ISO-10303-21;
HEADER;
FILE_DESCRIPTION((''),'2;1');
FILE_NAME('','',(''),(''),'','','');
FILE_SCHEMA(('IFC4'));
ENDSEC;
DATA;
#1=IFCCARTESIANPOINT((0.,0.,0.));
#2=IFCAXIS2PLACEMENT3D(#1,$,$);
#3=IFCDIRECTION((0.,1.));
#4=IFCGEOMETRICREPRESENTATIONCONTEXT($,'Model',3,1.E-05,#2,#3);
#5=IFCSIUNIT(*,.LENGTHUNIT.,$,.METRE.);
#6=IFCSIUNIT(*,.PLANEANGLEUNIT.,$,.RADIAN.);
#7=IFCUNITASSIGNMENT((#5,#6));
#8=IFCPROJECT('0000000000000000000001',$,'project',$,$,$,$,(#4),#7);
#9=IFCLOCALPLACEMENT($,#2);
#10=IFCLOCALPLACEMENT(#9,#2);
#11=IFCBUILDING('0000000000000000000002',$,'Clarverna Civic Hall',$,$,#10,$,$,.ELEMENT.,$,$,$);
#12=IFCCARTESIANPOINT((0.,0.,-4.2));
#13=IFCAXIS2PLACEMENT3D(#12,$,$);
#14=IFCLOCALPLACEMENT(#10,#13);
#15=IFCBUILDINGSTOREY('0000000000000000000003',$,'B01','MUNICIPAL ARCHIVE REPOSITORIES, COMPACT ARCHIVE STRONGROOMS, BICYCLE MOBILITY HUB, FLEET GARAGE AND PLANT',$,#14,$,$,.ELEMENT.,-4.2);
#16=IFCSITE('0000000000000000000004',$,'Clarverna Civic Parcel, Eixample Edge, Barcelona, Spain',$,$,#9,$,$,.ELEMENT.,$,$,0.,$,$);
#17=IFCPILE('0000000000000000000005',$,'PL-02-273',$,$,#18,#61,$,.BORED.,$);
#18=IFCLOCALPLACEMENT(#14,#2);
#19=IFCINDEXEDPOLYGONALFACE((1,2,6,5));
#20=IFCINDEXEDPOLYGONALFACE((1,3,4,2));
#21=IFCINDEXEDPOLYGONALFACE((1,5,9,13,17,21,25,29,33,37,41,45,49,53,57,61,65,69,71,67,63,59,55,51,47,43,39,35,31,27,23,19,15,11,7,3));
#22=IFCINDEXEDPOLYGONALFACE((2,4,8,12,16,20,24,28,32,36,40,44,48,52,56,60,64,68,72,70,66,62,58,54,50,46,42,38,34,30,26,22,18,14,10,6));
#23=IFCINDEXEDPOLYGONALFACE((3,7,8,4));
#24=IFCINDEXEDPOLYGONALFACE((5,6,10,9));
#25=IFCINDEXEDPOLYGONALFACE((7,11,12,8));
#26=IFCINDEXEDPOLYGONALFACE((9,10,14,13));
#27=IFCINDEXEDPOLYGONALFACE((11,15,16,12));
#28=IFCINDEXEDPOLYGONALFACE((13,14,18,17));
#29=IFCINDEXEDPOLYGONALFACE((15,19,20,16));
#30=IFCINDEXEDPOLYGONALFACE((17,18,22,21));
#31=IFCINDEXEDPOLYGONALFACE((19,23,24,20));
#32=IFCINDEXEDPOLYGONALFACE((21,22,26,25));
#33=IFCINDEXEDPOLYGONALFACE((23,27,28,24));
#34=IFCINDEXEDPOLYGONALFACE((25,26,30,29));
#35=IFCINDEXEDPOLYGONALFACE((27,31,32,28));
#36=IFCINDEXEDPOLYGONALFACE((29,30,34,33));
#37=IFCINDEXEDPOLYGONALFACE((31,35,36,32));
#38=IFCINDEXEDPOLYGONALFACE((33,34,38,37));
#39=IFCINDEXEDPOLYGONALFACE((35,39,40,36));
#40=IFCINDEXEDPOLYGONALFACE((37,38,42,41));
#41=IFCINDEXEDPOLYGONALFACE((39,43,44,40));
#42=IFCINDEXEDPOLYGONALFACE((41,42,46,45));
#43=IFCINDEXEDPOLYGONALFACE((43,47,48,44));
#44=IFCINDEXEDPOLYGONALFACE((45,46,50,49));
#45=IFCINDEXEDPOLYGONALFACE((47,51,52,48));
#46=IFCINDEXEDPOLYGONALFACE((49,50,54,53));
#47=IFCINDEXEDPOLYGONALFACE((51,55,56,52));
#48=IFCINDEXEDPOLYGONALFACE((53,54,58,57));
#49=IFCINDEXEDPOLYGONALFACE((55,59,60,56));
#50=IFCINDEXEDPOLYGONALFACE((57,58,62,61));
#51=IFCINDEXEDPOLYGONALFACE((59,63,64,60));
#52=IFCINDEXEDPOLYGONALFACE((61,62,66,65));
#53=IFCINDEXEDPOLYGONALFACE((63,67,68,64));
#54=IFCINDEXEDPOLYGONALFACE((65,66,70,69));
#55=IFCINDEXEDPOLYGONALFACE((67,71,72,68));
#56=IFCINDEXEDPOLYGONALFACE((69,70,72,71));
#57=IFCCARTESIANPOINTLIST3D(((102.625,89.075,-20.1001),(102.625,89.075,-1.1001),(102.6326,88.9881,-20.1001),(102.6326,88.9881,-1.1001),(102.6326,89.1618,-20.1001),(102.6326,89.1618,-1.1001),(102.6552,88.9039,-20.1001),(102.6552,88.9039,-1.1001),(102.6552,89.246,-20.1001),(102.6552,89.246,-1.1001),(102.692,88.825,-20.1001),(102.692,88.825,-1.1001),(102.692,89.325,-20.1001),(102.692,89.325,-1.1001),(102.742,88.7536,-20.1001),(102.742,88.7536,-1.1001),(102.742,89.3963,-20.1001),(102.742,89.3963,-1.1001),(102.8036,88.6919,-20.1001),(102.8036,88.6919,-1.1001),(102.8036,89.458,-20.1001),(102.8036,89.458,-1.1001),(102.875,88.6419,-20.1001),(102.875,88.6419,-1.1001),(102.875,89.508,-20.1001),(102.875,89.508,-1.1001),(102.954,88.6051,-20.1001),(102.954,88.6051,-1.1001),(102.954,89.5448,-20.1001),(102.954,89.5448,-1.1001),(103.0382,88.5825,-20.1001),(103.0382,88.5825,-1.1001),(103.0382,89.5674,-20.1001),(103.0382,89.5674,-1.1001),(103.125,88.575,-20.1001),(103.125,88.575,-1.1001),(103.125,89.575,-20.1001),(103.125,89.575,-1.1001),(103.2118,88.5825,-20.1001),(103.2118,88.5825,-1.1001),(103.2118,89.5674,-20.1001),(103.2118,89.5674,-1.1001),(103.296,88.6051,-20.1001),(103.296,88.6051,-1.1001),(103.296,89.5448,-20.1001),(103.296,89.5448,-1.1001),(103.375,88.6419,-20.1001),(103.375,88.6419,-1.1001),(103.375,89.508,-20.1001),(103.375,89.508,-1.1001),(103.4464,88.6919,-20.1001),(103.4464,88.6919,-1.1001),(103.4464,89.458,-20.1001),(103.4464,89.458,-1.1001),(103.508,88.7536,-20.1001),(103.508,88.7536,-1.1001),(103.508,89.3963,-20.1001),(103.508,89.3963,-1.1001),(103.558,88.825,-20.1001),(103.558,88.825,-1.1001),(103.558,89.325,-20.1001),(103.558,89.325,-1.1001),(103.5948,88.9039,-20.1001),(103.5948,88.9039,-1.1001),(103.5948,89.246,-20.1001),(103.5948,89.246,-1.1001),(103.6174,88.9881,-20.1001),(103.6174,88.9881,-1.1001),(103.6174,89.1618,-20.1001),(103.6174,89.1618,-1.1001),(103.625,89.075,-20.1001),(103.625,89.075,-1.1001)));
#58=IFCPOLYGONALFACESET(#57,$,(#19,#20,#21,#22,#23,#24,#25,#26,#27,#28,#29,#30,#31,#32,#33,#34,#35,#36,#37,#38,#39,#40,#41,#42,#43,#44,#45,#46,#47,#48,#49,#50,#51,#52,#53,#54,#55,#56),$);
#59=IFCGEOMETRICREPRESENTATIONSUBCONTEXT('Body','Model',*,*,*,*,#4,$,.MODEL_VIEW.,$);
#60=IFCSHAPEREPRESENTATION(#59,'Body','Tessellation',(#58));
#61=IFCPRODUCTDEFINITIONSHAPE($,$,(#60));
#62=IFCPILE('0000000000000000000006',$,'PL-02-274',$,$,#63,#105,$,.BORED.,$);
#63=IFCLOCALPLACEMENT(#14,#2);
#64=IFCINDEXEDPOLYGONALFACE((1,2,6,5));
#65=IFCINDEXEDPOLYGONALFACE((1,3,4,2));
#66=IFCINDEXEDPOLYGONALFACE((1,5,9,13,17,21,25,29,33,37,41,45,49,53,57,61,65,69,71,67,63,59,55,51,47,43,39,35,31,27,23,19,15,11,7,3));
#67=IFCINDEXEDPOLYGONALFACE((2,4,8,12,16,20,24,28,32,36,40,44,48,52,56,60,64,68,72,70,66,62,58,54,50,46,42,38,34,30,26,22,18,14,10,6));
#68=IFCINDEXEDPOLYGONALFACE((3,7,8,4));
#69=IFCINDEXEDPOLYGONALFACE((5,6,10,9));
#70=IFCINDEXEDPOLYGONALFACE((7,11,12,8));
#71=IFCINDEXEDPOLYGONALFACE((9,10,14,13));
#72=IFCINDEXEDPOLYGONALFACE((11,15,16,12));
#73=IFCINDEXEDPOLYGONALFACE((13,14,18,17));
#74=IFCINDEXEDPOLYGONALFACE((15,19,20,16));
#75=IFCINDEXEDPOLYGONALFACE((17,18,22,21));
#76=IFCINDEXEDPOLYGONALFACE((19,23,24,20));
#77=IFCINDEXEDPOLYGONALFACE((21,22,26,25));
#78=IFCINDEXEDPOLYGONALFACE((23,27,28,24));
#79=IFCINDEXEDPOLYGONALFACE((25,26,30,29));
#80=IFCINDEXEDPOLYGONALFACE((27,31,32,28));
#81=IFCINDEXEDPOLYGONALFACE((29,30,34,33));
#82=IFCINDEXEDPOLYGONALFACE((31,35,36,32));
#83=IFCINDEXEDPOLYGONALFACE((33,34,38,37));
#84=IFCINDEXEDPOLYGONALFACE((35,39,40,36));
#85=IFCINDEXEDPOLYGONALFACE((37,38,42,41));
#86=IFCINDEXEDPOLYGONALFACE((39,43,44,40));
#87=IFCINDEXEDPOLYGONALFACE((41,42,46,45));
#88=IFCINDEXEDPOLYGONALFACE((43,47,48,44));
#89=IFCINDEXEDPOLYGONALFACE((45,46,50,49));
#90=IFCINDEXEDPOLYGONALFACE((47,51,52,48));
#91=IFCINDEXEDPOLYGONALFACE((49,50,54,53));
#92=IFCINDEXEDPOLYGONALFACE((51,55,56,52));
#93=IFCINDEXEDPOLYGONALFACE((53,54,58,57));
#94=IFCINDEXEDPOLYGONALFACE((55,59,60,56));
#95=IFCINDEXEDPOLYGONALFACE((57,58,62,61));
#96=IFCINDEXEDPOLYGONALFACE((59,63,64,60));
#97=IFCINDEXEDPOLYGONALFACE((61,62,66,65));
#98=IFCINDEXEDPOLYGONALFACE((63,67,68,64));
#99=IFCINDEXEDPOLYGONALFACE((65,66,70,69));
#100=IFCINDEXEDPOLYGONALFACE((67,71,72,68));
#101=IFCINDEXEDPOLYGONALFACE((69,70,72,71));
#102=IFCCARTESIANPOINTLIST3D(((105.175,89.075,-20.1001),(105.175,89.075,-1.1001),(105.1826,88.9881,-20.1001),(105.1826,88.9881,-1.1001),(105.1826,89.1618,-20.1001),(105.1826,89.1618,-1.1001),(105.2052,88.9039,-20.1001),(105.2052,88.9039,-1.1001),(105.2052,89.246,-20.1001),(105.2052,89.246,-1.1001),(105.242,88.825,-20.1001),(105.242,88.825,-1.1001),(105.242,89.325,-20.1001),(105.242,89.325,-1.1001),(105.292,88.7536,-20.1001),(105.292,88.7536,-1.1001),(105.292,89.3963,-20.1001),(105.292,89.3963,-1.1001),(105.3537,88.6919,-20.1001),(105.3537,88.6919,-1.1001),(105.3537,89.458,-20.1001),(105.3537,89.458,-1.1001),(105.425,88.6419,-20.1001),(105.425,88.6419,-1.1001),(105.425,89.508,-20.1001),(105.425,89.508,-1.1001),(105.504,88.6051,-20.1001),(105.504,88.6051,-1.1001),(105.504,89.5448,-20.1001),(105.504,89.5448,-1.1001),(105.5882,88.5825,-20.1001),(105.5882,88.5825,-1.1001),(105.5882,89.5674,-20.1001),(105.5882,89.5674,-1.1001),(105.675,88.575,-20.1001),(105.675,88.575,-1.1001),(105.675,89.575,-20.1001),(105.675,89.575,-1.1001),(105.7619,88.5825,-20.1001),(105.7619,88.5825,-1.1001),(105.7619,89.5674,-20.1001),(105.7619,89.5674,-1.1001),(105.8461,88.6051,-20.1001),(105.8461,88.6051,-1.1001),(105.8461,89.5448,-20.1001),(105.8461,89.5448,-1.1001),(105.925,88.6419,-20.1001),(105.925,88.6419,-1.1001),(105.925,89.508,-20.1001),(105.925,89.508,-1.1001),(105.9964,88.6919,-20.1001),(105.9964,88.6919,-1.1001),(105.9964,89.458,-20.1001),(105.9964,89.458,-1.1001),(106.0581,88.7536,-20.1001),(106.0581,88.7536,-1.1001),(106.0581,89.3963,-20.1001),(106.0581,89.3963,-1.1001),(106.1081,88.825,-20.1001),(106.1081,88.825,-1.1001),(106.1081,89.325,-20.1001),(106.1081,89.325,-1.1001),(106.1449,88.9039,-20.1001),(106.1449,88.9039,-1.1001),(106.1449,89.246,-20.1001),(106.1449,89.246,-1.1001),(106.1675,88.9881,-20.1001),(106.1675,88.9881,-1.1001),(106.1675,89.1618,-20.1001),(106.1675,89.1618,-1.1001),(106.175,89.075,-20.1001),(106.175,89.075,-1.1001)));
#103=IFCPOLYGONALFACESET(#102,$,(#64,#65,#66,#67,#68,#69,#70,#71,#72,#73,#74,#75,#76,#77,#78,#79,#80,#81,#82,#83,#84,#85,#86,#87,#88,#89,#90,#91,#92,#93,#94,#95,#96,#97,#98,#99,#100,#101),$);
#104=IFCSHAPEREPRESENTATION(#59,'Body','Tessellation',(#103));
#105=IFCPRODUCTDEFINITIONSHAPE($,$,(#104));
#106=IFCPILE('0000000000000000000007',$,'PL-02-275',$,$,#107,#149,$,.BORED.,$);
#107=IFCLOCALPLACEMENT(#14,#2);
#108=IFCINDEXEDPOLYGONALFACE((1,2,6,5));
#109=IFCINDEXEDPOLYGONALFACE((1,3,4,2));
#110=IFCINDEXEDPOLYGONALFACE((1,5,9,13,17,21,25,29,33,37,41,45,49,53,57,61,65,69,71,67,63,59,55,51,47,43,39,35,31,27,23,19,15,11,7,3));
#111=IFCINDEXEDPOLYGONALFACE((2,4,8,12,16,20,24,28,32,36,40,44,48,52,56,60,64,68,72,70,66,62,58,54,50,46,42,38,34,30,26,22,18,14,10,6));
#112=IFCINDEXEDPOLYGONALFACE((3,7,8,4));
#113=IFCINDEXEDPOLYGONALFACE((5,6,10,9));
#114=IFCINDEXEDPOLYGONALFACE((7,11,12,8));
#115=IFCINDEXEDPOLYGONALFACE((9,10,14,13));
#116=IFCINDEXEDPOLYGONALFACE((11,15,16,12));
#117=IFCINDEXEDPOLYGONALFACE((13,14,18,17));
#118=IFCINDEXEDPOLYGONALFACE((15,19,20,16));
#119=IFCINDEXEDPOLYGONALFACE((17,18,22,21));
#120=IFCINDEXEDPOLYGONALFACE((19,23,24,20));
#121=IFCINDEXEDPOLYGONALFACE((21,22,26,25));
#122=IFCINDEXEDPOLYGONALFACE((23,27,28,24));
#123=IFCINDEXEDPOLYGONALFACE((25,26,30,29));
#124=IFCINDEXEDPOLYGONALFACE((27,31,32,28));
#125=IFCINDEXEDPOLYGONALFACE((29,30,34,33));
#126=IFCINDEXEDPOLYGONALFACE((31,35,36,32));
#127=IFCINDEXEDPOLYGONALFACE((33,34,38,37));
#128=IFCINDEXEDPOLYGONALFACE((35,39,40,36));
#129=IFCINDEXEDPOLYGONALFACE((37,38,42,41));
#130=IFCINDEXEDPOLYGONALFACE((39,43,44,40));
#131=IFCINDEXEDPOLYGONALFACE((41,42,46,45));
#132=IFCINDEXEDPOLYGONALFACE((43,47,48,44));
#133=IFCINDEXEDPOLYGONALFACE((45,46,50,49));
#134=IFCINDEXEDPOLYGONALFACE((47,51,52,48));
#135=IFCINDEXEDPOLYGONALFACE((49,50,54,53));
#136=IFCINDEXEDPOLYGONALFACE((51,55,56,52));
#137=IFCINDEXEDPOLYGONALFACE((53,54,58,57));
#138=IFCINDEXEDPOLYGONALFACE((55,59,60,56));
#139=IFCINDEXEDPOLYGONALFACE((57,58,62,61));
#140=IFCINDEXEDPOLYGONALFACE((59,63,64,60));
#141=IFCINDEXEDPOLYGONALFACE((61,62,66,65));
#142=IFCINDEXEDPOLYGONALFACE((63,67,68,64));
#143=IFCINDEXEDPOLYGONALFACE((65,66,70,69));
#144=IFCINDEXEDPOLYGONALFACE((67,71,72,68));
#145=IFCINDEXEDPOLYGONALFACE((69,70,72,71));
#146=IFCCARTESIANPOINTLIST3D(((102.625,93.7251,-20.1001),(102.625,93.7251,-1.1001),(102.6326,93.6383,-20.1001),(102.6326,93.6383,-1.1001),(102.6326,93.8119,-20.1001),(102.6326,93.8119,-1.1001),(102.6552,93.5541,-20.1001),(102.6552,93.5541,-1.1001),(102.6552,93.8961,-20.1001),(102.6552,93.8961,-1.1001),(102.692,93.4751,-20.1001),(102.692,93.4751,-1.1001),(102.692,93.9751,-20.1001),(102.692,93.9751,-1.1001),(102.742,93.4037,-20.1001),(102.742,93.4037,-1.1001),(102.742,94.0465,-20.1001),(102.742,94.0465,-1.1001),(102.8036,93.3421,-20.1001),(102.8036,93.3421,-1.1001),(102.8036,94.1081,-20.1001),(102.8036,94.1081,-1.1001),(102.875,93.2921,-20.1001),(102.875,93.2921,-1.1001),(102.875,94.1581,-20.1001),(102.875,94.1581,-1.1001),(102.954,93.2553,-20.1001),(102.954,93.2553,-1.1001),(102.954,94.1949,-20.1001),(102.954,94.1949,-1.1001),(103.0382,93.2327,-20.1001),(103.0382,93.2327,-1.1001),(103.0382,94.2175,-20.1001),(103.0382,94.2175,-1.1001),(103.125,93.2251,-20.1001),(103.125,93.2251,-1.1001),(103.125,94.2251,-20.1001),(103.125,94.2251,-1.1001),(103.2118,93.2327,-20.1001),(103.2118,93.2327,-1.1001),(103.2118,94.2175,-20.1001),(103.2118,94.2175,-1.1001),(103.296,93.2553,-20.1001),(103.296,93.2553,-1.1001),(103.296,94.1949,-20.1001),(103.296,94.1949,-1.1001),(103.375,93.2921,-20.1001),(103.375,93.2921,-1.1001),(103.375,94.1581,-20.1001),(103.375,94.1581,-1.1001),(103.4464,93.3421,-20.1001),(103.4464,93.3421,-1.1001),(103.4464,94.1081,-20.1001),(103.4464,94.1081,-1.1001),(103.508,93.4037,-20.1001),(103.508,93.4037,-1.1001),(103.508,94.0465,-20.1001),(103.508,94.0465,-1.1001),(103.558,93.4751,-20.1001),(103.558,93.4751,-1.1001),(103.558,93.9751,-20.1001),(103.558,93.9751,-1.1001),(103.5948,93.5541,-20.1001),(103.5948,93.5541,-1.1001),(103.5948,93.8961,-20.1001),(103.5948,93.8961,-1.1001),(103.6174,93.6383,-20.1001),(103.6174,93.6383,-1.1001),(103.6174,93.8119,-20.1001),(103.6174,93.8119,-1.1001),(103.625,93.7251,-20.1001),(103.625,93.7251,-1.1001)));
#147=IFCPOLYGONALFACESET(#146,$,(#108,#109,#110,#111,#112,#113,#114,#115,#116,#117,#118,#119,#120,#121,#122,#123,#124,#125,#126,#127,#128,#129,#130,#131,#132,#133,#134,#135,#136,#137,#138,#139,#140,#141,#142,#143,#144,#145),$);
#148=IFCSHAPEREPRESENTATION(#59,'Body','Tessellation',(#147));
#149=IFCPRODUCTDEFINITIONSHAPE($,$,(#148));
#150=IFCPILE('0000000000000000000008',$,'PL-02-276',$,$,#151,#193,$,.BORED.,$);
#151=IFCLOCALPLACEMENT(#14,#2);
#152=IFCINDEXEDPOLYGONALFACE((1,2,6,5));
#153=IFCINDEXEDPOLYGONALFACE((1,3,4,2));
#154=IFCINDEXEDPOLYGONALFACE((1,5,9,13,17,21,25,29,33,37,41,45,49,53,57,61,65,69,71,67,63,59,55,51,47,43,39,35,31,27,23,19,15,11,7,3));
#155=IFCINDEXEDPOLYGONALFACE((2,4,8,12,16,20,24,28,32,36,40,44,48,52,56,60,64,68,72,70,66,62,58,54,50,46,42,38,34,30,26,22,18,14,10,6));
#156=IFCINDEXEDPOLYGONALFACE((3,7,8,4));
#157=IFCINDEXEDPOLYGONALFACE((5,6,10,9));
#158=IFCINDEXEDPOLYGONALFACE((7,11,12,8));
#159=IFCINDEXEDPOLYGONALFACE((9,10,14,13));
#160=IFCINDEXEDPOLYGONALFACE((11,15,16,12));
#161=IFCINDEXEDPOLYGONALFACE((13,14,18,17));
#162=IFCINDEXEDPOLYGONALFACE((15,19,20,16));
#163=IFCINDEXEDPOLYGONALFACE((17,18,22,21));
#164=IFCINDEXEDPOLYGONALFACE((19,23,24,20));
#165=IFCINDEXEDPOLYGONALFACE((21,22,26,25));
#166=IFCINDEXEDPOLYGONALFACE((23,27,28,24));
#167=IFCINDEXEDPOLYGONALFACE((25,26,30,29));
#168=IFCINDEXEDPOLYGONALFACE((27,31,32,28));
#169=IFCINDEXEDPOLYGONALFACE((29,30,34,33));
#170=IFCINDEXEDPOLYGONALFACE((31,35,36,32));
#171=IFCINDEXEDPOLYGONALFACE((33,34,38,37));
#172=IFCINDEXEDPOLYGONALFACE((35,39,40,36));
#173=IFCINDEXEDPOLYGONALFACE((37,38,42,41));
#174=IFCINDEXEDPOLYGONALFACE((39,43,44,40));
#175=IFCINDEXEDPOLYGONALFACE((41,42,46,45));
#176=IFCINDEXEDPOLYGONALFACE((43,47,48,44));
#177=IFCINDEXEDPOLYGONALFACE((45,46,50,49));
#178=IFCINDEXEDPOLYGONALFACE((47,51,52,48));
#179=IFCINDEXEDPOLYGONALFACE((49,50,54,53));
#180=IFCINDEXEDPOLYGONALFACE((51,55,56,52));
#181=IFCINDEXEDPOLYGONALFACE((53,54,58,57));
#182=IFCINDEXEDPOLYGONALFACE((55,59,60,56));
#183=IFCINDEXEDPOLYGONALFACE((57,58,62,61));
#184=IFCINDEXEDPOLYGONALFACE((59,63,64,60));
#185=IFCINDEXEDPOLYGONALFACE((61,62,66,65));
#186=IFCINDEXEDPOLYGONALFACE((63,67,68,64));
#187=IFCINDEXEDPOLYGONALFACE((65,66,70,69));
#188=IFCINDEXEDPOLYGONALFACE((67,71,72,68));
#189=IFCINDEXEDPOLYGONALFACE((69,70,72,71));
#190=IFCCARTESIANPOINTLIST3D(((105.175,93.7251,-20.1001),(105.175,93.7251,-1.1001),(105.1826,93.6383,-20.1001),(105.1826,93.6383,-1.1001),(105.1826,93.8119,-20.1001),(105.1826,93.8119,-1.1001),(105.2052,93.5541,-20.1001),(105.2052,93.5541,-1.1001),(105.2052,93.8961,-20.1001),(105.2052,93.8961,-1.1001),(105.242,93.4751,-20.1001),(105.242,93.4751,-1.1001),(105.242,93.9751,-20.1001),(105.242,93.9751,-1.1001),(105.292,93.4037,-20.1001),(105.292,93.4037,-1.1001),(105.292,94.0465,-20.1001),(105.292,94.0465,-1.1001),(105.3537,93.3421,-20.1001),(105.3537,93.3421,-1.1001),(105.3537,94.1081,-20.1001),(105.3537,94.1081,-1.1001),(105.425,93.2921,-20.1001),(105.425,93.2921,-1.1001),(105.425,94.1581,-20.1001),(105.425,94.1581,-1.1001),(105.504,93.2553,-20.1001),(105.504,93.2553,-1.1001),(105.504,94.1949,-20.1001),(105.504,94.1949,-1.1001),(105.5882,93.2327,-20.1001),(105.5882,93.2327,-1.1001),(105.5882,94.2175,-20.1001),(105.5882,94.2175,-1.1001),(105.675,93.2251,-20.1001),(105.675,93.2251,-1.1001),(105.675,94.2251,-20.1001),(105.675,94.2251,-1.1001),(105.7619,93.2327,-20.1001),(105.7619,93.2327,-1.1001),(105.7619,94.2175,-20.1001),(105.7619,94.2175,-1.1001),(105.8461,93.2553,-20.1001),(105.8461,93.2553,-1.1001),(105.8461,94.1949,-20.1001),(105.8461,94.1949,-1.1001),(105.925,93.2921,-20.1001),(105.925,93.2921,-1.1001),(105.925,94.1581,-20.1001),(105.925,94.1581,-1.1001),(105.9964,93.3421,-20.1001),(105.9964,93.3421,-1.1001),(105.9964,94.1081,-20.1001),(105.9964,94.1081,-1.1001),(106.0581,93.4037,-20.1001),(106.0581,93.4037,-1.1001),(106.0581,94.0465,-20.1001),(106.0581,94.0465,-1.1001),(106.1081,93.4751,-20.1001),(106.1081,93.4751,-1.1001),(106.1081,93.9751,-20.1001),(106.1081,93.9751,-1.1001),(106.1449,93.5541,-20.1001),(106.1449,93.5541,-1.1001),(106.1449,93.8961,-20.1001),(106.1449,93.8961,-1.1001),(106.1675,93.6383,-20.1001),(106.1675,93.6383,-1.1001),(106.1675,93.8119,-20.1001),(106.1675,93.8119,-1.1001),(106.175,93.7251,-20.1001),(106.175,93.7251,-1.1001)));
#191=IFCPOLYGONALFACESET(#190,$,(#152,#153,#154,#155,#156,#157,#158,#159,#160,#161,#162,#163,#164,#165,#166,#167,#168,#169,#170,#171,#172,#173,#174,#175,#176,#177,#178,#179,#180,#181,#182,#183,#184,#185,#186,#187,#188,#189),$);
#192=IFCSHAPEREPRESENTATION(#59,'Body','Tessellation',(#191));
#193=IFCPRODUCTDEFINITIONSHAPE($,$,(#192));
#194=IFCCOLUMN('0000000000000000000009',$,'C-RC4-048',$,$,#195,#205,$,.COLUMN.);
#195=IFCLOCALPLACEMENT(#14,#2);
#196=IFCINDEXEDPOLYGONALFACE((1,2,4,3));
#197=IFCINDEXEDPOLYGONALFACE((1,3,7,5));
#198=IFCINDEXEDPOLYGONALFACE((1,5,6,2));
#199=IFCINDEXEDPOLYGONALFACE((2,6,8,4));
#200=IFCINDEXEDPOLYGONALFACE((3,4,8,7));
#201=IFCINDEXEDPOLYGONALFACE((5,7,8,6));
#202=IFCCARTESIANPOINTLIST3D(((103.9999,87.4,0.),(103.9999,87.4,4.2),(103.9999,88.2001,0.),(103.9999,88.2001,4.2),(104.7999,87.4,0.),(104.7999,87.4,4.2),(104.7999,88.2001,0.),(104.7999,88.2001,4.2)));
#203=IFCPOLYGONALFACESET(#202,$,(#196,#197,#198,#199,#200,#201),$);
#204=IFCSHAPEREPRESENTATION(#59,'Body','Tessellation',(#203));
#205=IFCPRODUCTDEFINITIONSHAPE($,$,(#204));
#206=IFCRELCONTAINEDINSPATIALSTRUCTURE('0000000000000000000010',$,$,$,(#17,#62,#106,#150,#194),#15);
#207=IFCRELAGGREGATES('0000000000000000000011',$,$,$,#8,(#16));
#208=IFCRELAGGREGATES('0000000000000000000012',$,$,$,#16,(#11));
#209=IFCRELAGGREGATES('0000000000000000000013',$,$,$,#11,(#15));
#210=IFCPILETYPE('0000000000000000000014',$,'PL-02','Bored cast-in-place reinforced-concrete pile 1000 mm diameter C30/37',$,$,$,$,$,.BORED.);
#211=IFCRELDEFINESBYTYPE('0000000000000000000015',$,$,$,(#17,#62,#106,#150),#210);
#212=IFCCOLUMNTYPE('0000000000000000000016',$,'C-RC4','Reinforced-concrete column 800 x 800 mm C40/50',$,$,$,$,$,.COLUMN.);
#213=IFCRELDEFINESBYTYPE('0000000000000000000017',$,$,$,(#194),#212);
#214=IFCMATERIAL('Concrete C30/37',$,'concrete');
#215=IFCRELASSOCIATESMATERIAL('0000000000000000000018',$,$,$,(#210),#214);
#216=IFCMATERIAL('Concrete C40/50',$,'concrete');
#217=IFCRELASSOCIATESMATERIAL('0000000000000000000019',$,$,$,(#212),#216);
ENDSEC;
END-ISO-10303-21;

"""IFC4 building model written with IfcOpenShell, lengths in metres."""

from ifc_helpers import new_model, si_unit, direction, frame, origin, origin_2d, place, context, subcontext, project, spatial, rectangle, circle, extrude, material, material_profile, profile_set, type_object, element, save


model = new_model("IFC4")

# Units and contexts
model_context = context("Model", 3, precision=1e-05, world=origin(), true_north=direction((0.0, 1.0)))
body_context = subcontext(model_context, "Body", "Model", "MODEL_VIEW")
ifc_project = project(units=[si_unit("LENGTHUNIT", "METRE"), si_unit("PLANEANGLEUNIT", "RADIAN")], contexts=[model_context])

# Site, building, storey
site_placement = place(None, origin())
site = spatial("IfcSite", under=ifc_project, at=site_placement, Name="Clarverna Civic Parcel, Eixample Edge, Barcelona, Spain", CompositionType="ELEMENT", RefElevation=0.0)
building_placement = place(site_placement, origin())
building = spatial("IfcBuilding", under=site, at=building_placement, Name="Clarverna Civic Hall", CompositionType="ELEMENT")
storey_placement = place(building_placement, frame((0.0, 0.0, -4.2)))
storey = spatial("IfcBuildingStorey", under=building, at=storey_placement, Name="B01", Description="MUNICIPAL ARCHIVE REPOSITORIES, COMPACT ARCHIVE STRONGROOMS, BICYCLE MOBILITY HUB, FLEET GARAGE AND PLANT", CompositionType="ELEMENT", Elevation=-4.2)

# Shared definitions
ifc_material_1 = material(Name="Concrete C30/37", Category="concrete")

# Piles
ifc_material_profile_1 = material_profile(ifc_material_1, circle(Radius=0.5, at=origin_2d()), Name="BORED PILE D1000")
ifc_profile_set_1 = profile_set([ifc_material_profile_1], Name="Concrete C30/37")
pile_type = type_object("IfcPileType", Name="PL-02", Description="Bored cast-in-place reinforced-concrete pile 1000 mm diameter C30/37", PredefinedType="BORED", material=ifc_profile_set_1)
for number, where, z_axis, x_axis, name in (
    (1, (103.125, 89.075, -1.1001), (0.0, 0.0, -1.0), (1.0, 0.0, 0.0), "PL-02-273"),
    (2, (105.675, 89.075, -1.1001), (0.0, 0.0, -1.0), (1.0, 0.0, 0.0), "PL-02-274"),
    (3, (103.125, 93.7251, -1.1001), (0.0, 0.0, -1.0), (1.0, 0.0, 0.0), "PL-02-275"),
    (4, (105.675, 93.7251, -1.1001), (0.0, 0.0, -1.0), (1.0, 0.0, 0.0), "PL-02-276"),
):
    element("IfcPile", number, at=place(storey_placement, frame(where, z_axis=z_axis, x_axis=x_axis)), inside=storey, type_object=pile_type, Name=name, PredefinedType="BORED", context=body_context, shape_type="SweptSolid", body=[
        extrude(circle(Radius=0.5, at=origin_2d()), origin(), (0.0, 0.0, 1.0), 19.0),
    ])

# Column
ifc_material_2 = material(Name="Concrete C40/50", Category="concrete")
ifc_material_profile_2 = material_profile(ifc_material_2, rectangle(XDim=0.8, YDim=0.8, at=origin_2d()), Name="RC 800x800")
ifc_profile_set_2 = profile_set([ifc_material_profile_2], Name="Concrete C40/50")
column_type_1 = type_object("IfcColumnType", Name="C-RC4", Description="Reinforced-concrete column 800 x 800 mm C40/50", PredefinedType="COLUMN", material=ifc_profile_set_2)
column_1_placement = place(storey_placement, frame((104.3999, 87.8, 0.0), z_axis=(0.0, 0.0, 1.0), x_axis=(1.0, 0.0, 0.0)))
element("IfcColumn", 5, at=column_1_placement, inside=storey, type_object=column_type_1, Name="C-RC4-048", PredefinedType="COLUMN", context=body_context, shape_type="SweptSolid", body=[
    extrude(rectangle(XDim=0.8, YDim=0.8, at=origin_2d()), origin(), (0.0, 0.0, 1.0), 4.2),
])

save(model, "model.ifc")
